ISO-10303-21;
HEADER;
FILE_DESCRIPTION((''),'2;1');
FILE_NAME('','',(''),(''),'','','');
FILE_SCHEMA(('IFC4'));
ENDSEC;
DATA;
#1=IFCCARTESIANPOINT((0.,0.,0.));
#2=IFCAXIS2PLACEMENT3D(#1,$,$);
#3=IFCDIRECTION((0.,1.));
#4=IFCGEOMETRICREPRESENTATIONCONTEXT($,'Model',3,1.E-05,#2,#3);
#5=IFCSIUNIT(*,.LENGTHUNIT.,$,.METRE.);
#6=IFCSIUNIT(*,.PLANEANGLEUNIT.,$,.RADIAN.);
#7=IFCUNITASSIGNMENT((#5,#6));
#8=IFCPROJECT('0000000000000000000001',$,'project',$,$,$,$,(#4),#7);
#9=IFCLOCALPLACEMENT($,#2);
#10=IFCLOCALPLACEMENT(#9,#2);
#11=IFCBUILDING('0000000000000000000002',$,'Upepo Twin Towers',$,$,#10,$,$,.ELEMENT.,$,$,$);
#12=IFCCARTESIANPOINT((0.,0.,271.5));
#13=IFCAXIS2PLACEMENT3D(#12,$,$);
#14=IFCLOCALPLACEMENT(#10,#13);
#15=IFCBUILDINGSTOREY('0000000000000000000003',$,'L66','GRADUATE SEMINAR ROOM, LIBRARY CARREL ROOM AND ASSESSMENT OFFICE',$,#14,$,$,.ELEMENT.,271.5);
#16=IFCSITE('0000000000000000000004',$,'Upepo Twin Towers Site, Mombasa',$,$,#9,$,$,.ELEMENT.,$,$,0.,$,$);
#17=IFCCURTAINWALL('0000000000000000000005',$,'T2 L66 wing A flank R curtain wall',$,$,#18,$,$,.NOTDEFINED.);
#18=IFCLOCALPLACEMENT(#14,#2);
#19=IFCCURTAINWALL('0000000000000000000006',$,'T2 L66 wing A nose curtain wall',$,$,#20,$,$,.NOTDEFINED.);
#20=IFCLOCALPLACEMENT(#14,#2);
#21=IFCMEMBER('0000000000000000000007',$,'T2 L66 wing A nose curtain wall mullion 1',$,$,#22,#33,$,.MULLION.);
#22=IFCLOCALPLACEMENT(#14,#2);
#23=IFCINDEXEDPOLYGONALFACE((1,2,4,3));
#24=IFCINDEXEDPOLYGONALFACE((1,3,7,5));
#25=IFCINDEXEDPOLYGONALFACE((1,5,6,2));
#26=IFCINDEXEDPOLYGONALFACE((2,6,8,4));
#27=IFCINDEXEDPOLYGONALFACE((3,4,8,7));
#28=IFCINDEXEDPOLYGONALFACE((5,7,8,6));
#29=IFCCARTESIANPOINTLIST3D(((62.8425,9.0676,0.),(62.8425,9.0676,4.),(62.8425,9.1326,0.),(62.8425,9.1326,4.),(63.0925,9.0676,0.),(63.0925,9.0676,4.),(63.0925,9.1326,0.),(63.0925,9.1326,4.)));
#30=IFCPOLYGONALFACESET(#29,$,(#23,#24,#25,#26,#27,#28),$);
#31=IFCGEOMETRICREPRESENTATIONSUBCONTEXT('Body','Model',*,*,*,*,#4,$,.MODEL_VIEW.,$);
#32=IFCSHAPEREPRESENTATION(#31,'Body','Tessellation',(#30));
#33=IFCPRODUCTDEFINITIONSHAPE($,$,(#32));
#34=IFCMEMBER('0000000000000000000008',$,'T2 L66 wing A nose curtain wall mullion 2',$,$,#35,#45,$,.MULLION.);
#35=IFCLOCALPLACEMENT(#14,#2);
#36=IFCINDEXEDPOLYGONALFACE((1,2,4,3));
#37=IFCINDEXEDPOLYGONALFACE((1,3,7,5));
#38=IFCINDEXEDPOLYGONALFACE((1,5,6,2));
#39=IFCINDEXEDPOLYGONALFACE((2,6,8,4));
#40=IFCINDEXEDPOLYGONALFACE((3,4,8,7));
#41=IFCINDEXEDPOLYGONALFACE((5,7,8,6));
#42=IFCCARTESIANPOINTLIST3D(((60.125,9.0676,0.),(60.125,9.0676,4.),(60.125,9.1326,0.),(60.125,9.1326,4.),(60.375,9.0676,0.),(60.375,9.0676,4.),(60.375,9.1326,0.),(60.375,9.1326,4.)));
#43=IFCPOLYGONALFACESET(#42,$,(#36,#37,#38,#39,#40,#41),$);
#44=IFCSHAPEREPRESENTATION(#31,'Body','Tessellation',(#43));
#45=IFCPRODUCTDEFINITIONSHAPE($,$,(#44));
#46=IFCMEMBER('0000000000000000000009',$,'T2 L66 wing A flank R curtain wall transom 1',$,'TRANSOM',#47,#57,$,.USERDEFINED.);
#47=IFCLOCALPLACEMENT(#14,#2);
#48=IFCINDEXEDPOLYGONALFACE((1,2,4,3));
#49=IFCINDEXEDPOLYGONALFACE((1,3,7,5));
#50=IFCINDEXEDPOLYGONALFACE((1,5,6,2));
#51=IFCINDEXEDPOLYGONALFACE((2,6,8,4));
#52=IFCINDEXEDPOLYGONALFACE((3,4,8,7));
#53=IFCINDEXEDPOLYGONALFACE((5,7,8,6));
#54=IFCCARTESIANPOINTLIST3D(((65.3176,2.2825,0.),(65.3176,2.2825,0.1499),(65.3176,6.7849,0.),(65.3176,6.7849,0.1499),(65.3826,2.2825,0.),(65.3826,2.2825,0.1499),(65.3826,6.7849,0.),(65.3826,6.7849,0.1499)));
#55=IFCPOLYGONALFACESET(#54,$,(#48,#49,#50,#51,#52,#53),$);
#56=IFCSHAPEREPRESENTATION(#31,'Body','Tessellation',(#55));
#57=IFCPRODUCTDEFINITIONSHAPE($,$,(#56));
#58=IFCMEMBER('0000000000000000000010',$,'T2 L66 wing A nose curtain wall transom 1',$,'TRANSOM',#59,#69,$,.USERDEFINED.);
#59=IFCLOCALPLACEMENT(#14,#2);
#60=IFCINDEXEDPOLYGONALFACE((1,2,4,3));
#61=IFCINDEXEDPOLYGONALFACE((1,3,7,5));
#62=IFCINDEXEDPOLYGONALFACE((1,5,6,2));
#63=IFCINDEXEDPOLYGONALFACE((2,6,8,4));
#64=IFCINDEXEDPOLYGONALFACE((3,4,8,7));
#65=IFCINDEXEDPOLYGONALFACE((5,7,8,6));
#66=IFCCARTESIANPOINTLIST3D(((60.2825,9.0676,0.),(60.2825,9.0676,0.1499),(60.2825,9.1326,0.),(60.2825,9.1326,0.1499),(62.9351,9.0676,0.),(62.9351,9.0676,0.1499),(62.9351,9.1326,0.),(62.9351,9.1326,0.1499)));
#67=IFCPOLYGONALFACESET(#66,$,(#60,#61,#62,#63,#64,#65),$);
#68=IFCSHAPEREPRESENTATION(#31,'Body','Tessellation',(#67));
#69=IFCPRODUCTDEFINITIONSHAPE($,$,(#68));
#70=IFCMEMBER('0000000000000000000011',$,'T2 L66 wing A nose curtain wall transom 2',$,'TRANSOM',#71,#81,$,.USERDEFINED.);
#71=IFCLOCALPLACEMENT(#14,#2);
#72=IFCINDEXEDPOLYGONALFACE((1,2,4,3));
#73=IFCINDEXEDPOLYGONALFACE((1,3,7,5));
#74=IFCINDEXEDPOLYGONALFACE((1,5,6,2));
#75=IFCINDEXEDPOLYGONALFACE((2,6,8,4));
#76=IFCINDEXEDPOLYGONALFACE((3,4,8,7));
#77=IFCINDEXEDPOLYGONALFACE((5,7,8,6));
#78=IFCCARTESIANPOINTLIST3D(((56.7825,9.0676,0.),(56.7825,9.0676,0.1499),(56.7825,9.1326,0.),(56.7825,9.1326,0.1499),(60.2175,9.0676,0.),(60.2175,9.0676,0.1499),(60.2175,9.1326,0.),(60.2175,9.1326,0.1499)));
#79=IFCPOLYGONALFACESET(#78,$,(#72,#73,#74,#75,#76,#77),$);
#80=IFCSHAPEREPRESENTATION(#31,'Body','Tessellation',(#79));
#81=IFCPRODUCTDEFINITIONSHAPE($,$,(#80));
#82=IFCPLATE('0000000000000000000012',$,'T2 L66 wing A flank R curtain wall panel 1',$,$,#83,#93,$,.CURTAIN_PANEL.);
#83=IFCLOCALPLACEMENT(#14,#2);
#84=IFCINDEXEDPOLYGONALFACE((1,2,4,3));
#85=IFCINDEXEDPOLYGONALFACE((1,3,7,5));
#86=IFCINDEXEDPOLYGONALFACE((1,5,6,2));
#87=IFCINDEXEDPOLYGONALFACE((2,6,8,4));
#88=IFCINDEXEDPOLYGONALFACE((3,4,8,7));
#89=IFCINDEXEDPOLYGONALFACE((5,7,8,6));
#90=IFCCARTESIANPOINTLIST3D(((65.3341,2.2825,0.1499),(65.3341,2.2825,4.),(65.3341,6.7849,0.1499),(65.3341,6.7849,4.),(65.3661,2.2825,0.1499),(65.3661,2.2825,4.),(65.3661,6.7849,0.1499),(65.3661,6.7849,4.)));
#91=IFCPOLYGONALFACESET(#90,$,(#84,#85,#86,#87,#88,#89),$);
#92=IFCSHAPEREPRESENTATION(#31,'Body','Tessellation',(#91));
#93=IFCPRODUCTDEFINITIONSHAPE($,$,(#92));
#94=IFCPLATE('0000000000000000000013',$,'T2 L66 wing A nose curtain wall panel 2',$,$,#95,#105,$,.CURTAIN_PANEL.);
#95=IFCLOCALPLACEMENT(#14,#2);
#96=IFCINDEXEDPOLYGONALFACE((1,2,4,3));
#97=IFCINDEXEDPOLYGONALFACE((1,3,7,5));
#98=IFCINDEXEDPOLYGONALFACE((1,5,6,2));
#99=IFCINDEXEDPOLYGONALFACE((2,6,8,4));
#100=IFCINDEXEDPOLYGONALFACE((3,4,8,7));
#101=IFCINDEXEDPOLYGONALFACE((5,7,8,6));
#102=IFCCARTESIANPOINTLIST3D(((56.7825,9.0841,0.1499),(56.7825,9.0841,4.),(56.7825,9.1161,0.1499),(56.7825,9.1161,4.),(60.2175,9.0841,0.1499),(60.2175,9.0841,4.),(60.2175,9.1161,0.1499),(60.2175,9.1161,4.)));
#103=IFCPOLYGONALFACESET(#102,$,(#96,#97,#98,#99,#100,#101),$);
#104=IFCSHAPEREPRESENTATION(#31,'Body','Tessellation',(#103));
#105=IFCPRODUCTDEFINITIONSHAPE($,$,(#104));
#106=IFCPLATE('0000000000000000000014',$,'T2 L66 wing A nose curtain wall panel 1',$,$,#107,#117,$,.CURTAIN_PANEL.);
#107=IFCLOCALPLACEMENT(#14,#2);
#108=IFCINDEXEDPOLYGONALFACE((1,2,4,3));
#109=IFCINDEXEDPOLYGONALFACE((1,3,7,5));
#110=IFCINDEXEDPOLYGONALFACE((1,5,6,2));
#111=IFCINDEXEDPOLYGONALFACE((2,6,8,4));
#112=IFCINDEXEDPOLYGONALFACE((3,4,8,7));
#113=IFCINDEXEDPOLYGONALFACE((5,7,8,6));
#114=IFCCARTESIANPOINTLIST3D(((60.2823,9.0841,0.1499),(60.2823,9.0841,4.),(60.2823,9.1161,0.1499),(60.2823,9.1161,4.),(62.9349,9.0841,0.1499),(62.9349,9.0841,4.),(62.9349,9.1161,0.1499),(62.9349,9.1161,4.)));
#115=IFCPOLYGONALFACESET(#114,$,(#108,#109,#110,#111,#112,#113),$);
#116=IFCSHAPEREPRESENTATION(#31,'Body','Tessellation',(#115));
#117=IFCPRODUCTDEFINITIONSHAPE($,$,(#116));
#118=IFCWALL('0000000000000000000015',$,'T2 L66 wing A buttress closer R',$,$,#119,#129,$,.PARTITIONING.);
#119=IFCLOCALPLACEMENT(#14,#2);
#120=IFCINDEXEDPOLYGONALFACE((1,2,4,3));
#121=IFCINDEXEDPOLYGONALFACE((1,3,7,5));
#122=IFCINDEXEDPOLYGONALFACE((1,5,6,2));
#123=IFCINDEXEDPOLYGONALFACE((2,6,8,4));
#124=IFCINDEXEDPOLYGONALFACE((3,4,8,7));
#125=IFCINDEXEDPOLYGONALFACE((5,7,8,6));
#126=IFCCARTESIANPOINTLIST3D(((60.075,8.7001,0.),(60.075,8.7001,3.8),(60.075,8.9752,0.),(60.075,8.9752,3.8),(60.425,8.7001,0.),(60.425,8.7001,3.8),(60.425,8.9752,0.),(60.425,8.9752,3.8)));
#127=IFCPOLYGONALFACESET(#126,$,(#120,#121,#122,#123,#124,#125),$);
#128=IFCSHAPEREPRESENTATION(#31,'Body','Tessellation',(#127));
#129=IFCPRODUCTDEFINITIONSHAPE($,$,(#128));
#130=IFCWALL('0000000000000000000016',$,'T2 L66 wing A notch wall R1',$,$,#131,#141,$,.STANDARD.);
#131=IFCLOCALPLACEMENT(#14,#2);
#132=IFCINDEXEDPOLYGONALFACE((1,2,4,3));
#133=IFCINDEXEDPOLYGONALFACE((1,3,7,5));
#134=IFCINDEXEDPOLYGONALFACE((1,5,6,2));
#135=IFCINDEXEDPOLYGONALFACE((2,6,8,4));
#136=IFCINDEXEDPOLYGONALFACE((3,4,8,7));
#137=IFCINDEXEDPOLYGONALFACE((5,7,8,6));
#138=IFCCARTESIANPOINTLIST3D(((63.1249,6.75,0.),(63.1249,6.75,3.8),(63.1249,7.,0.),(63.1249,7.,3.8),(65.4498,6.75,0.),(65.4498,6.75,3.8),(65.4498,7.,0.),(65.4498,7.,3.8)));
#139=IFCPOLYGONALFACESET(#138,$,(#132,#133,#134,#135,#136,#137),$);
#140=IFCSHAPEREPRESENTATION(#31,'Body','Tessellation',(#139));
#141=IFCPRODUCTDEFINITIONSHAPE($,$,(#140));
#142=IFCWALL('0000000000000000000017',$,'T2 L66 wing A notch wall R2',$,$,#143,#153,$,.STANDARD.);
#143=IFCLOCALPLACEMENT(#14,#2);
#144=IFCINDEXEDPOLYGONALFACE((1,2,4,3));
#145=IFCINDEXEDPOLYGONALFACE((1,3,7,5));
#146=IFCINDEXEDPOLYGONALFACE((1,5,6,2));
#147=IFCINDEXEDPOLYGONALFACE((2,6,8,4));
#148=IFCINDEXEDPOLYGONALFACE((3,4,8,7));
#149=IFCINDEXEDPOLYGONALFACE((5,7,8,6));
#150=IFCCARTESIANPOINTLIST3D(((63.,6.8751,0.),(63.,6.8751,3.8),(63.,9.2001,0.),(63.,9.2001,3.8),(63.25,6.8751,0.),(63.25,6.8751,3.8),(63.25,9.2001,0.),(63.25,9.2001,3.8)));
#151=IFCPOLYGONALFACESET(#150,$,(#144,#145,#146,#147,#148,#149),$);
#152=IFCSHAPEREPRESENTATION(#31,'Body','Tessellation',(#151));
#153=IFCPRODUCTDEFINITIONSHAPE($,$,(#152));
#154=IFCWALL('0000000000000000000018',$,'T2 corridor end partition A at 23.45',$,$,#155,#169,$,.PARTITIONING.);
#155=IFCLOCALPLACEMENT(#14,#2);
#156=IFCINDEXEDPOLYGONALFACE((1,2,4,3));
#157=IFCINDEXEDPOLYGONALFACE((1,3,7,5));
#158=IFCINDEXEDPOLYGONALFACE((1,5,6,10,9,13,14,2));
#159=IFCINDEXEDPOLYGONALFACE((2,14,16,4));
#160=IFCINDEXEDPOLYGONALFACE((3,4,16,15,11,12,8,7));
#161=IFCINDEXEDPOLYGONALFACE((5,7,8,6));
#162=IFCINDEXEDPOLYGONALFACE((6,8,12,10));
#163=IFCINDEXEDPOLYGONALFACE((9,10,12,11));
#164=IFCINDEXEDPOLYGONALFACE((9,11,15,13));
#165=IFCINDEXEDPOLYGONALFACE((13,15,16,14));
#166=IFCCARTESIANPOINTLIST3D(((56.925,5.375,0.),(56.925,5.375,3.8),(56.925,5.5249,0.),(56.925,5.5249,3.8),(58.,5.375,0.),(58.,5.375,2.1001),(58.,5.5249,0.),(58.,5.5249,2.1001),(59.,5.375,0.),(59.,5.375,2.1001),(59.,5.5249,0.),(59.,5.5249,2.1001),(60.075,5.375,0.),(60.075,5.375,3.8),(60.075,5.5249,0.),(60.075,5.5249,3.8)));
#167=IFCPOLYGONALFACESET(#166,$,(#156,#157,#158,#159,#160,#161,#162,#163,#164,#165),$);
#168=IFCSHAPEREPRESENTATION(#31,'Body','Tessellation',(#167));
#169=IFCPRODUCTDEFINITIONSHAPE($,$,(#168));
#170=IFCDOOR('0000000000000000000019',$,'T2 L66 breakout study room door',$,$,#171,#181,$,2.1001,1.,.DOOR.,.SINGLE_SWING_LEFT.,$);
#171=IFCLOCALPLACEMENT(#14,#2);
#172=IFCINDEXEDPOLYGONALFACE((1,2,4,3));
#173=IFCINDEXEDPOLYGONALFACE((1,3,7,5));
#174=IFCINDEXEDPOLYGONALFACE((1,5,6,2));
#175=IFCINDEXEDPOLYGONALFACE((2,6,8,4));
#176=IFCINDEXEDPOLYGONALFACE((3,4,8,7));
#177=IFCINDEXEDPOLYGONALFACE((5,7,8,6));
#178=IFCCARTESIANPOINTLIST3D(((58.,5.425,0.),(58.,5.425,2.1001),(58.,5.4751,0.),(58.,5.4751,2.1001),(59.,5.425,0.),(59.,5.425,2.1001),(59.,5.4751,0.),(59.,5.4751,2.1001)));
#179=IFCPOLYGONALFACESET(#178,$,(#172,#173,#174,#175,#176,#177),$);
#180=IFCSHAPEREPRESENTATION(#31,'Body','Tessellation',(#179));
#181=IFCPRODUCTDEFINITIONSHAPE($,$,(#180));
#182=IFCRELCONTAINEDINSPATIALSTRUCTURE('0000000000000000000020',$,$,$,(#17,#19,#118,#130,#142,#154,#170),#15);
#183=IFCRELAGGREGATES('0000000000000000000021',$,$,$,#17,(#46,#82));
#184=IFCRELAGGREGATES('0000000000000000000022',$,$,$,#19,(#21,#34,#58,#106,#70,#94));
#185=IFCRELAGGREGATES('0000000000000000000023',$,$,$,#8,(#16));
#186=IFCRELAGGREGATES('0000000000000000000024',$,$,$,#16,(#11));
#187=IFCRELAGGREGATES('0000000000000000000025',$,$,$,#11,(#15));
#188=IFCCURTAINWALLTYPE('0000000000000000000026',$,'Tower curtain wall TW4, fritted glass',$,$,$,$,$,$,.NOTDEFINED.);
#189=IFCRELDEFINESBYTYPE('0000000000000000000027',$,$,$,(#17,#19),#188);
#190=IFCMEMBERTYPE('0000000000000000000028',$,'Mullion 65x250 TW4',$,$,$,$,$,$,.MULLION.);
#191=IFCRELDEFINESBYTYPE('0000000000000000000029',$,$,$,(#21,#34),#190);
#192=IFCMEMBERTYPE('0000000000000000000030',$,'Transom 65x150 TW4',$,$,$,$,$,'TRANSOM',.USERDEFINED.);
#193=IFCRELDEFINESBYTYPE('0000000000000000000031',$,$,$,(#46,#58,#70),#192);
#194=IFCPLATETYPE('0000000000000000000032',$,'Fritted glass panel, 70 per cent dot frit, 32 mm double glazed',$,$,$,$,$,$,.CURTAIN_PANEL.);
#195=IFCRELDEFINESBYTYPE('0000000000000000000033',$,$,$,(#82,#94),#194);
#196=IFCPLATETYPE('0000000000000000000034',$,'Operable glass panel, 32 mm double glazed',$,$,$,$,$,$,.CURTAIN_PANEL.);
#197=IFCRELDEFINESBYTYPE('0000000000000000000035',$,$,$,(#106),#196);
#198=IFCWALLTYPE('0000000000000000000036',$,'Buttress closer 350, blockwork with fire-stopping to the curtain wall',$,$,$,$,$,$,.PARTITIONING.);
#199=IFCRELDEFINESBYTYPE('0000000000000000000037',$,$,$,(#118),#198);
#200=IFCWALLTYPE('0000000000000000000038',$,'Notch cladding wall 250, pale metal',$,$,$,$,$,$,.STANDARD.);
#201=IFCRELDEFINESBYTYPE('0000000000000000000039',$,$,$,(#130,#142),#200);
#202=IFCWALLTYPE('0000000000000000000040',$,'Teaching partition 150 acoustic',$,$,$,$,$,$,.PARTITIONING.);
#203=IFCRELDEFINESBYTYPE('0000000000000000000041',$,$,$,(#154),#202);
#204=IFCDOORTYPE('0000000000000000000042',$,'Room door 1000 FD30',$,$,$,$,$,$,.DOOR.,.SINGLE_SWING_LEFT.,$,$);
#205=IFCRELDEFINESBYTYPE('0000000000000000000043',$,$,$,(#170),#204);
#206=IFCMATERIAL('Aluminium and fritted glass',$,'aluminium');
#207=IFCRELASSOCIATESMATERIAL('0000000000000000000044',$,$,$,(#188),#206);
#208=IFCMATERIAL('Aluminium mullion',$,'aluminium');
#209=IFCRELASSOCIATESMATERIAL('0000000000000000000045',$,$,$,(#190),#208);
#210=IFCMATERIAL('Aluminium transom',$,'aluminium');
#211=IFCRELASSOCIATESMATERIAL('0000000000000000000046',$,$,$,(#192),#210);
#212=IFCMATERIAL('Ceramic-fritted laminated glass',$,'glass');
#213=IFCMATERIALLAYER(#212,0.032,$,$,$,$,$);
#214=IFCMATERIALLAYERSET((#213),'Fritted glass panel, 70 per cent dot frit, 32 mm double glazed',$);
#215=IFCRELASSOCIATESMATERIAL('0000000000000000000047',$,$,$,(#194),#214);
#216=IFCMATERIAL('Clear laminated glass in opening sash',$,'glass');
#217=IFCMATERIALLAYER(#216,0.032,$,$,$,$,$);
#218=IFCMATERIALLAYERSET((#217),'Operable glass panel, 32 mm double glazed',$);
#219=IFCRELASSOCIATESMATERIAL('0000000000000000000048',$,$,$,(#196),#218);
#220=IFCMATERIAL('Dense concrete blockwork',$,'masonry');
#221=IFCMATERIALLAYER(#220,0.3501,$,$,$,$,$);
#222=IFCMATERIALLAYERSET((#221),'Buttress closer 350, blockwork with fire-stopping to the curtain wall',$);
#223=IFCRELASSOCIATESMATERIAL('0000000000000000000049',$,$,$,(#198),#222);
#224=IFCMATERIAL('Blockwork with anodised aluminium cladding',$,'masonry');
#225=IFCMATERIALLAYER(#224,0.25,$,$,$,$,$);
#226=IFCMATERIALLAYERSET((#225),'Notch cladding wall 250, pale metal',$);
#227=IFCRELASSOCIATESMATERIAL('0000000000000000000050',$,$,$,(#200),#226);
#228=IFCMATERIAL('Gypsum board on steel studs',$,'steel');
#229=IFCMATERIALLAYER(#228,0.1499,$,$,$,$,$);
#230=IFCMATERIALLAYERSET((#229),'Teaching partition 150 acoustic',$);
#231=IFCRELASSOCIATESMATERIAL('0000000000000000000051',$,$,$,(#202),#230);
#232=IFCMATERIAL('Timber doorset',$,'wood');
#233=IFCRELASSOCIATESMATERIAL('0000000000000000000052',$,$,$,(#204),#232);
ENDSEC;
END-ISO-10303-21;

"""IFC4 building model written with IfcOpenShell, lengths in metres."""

from ifc_helpers import new_model, si_unit, direction, frame, frame_2d, origin, origin_2d, place, context, subcontext, project, spatial, rectangle, extrude, material, layer, layer_set, material_profile, profile_set, type_object, element, fill, aggregate, save


model = new_model("IFC4")

# Units and contexts
model_context = context("Model", 3, precision=1e-05, world=origin(), true_north=direction((0.0, 1.0)))
body_context = subcontext(model_context, "Body", "Model", "MODEL_VIEW")
ifc_project = project(units=[si_unit("LENGTHUNIT", "METRE"), si_unit("PLANEANGLEUNIT", "RADIAN")], contexts=[model_context])

# Site, building, storey
site_placement = place(None, origin())
site = spatial("IfcSite", under=ifc_project, at=site_placement, Name="Upepo Twin Towers Site, Mombasa", CompositionType="ELEMENT", RefElevation=0.0)
building_placement = place(site_placement, origin())
building = spatial("IfcBuilding", under=site, at=building_placement, Name="Upepo Twin Towers", CompositionType="ELEMENT")
storey_placement = place(building_placement, frame((0.0, 0.0, 271.5)))
storey = spatial("IfcBuildingStorey", under=building, at=storey_placement, Name="L66", Description="GRADUATE SEMINAR ROOM, LIBRARY CARREL ROOM AND ASSESSMENT OFFICE", CompositionType="ELEMENT", Elevation=271.5)

# Curtain wall
ifc_material_1 = material(Name="Aluminium and fritted glass", Category="aluminium")
curtain_wall_type = type_object("IfcCurtainWallType", Name="Tower curtain wall TW4, fritted glass", PredefinedType="NOTDEFINED", material=ifc_material_1)
curtain_wall_1_placement = place(storey_placement, origin())
curtain_wall_1 = element("IfcCurtainWall", 1, at=curtain_wall_1_placement, inside=storey, type_object=curtain_wall_type, Name="T2 L66 wing A flank R curtain wall", PredefinedType="NOTDEFINED")
ifc_material_2 = material(Name="Aluminium mullion", Category="aluminium")
ifc_material_profile_1 = material_profile(ifc_material_2, rectangle(XDim=0.0649, YDim=0.25, at=origin_2d()), Name="MULLION 65x250")
ifc_profile_set_1 = profile_set([ifc_material_profile_1], Name="Aluminium mullion")
member_type_1 = type_object("IfcMemberType", Name="Mullion 65x250 TW4", PredefinedType="MULLION", material=ifc_profile_set_1)

# Curtain wall, members
curtain_wall_2_placement = place(storey_placement, origin())
curtain_wall_2 = element("IfcCurtainWall", 2, at=curtain_wall_2_placement, inside=storey, type_object=curtain_wall_type, Name="T2 L66 wing A nose curtain wall", PredefinedType="NOTDEFINED")
member_1_placement = place(storey_placement, frame((62.9675, 9.1001, 0.0), z_axis=(0.0, 0.0, 1.0), x_axis=(0.0, -1.0, 0.0)))
member_1 = element("IfcMember", 3, at=member_1_placement, type_object=member_type_1, Name="T2 L66 wing A nose curtain wall mullion 1", PredefinedType="MULLION", context=body_context, shape_type="SweptSolid", body=[
    extrude(rectangle(XDim=0.0649, YDim=0.25, at=origin_2d()), origin(), (0.0, 0.0, 1.0), 4.0),
])
member_2_placement = place(storey_placement, frame((60.25, 9.1001, 0.0), z_axis=(0.0, 0.0, 1.0), x_axis=(0.0, -1.0, 0.0)))
member_2 = element("IfcMember", 4, at=member_2_placement, type_object=member_type_1, Name="T2 L66 wing A nose curtain wall mullion 2", PredefinedType="MULLION", context=body_context, shape_type="SweptSolid", body=[
    extrude(rectangle(XDim=0.0649, YDim=0.25, at=origin_2d()), origin(), (0.0, 0.0, 1.0), 4.0),
])

# Members
ifc_material_3 = material(Name="Aluminium transom", Category="aluminium")
ifc_material_profile_2 = material_profile(ifc_material_3, rectangle(XDim=0.0649, YDim=0.1499, at=origin_2d()), Name="TRANSOM 65x150")
ifc_profile_set_2 = profile_set([ifc_material_profile_2], Name="Aluminium transom")
member_type_2 = type_object("IfcMemberType", Name="Transom 65x150 TW4", ElementType="TRANSOM", PredefinedType="USERDEFINED", material=ifc_profile_set_2)
member_3_placement = place(storey_placement, frame((65.3501, 6.7849, 0.075), z_axis=(0.0, -1.0, 0.0), x_axis=(1.0, 0.0, 0.0)))
member_3 = element("IfcMember", 5, at=member_3_placement, type_object=member_type_2, Name="T2 L66 wing A flank R curtain wall transom 1", ObjectType="TRANSOM", PredefinedType="USERDEFINED", context=body_context, shape_type="SweptSolid", body=[
    extrude(rectangle(XDim=0.0649, YDim=0.1499, at=origin_2d()), origin(), (0.0, 0.0, 1.0), 4.5024),
])
member_4_placement = place(storey_placement, frame((62.9351, 9.1001, 0.075), z_axis=(-1.0, 0.0, 0.0), x_axis=(0.0, -1.0, 0.0)))
member_4 = element("IfcMember", 6, at=member_4_placement, type_object=member_type_2, Name="T2 L66 wing A nose curtain wall transom 1", ObjectType="TRANSOM", PredefinedType="USERDEFINED", context=body_context, shape_type="SweptSolid", body=[
    extrude(rectangle(XDim=0.0649, YDim=0.1499, at=origin_2d()), origin(), (0.0, 0.0, 1.0), 2.6526),
])
member_5_placement = place(storey_placement, frame((60.2175, 9.1001, 0.075), z_axis=(-1.0, 0.0, 0.0), x_axis=(0.0, -1.0, 0.0)))
member_5 = element("IfcMember", 7, at=member_5_placement, type_object=member_type_2, Name="T2 L66 wing A nose curtain wall transom 2", ObjectType="TRANSOM", PredefinedType="USERDEFINED", context=body_context, shape_type="SweptSolid", body=[
    extrude(rectangle(XDim=0.0649, YDim=0.1499, at=origin_2d()), origin(), (0.0, 0.0, 1.0), 3.4351),
])

# Plates
ifc_material_4 = material(Name="Ceramic-fritted laminated glass", Category="glass")
ifc_layer_1 = layer(ifc_material_4, 0.032)
ifc_layer_set_1 = layer_set([ifc_layer_1], Name="Fritted glass panel, 70 per cent dot frit, 32 mm double glazed")
plate_type_1 = type_object("IfcPlateType", Name="Fritted glass panel, 70 per cent dot frit, 32 mm double glazed", PredefinedType="CURTAIN_PANEL", material=ifc_layer_set_1)
plate_1_placement = place(storey_placement, frame((65.3501, 4.5337, 0.1499), z_axis=(0.0, 0.0, 1.0), x_axis=(0.0, -1.0, 0.0)))
plate_1 = element("IfcPlate", 8, at=plate_1_placement, type_object=plate_type_1, Name="T2 L66 wing A flank R curtain wall panel 1", PredefinedType="CURTAIN_PANEL", context=body_context, shape_type="SweptSolid", body=[
    extrude(rectangle(XDim=4.5024, YDim=0.032, at=origin_2d()), origin(), (0.0, 0.0, 1.0), 3.8501),
])
aggregate(curtain_wall_1, [member_3, plate_1])
plate_2_placement = place(storey_placement, frame((58.5, 9.1001, 0.1499), z_axis=(0.0, 0.0, 1.0), x_axis=(-1.0, 0.0, 0.0)))
plate_2 = element("IfcPlate", 9, at=plate_2_placement, type_object=plate_type_1, Name="T2 L66 wing A nose curtain wall panel 2", PredefinedType="CURTAIN_PANEL", context=body_context, shape_type="SweptSolid", body=[
    extrude(rectangle(XDim=3.4351, YDim=0.032, at=origin_2d()), origin(), (0.0, 0.0, 1.0), 3.8501),
])
ifc_material_5 = material(Name="Clear laminated glass in opening sash", Category="glass")
ifc_layer_2 = layer(ifc_material_5, 0.032)
ifc_layer_set_2 = layer_set([ifc_layer_2], Name="Operable glass panel, 32 mm double glazed")
plate_type_2 = type_object("IfcPlateType", Name="Operable glass panel, 32 mm double glazed", PredefinedType="CURTAIN_PANEL", material=ifc_layer_set_2)
plate_3_placement = place(storey_placement, frame((61.6086, 9.1001, 0.1499), z_axis=(0.0, 0.0, 1.0), x_axis=(-1.0, 0.0, 0.0)))
plate_3 = element("IfcPlate", 10, at=plate_3_placement, type_object=plate_type_2, Name="T2 L66 wing A nose curtain wall panel 1", PredefinedType="CURTAIN_PANEL", context=body_context, shape_type="SweptSolid", body=[
    extrude(rectangle(XDim=2.6526, YDim=0.032, at=origin_2d()), origin(), (0.0, 0.0, 1.0), 3.8501),
])
aggregate(curtain_wall_2, [member_1, member_2, member_4, plate_3, member_5, plate_2])

# Walls
ifc_material_6 = material(Name="Dense concrete blockwork", Category="masonry")
ifc_layer_3 = layer(ifc_material_6, 0.3501)
ifc_layer_set_3 = layer_set([ifc_layer_3], Name="Buttress closer 350, blockwork with fire-stopping to the curtain wall")
wall_type_1 = type_object("IfcWallType", Name="Buttress closer 350, blockwork with fire-stopping to the curtain wall", PredefinedType="PARTITIONING", material=ifc_layer_set_3)
wall_1_placement = place(storey_placement, frame((60.25, 8.7, 0.0), z_axis=(0.0, 0.0, 1.0), x_axis=(0.0, 1.0, 0.0)))
element("IfcWall", 11, at=wall_1_placement, inside=storey, type_object=wall_type_1, Name="T2 L66 wing A buttress closer R", PredefinedType="PARTITIONING", context=body_context, shape_type="SweptSolid", body=[
    extrude(rectangle(XDim=0.2751, YDim=0.3501, at=frame_2d((0.1377, 0.0))), origin(), (0.0, 0.0, 1.0), 3.8),
])
ifc_material_7 = material(Name="Blockwork with anodised aluminium cladding", Category="masonry")
ifc_layer_4 = layer(ifc_material_7, 0.25)
ifc_layer_set_4 = layer_set([ifc_layer_4], Name="Notch cladding wall 250, pale metal")
wall_type_2 = type_object("IfcWallType", Name="Notch cladding wall 250, pale metal", PredefinedType="STANDARD", material=ifc_layer_set_4)
for number, where, z_axis, x_axis, name in (
    (12, (65.45, 6.875, 0.0), (0.0, 0.0, 1.0), (-1.0, 0.0, 0.0), "T2 L66 wing A notch wall R1"),
    (13, (63.125, 6.875, 0.0), (0.0, 0.0, 1.0), (0.0, 1.0, 0.0), "T2 L66 wing A notch wall R2"),
):
    element("IfcWall", number, at=place(storey_placement, frame(where, z_axis=z_axis, x_axis=x_axis)), inside=storey, type_object=wall_type_2, Name=name, PredefinedType="STANDARD", context=body_context, shape_type="SweptSolid", body=[
        extrude(rectangle(XDim=2.325, YDim=0.25, at=frame_2d((1.1626, 0.0))), origin(), (0.0, 0.0, 1.0), 3.8),
    ])

# Wall, opening, door
ifc_material_8 = material(Name="Gypsum board on steel studs", Category="steel")
ifc_layer_5 = layer(ifc_material_8, 0.1499)
ifc_layer_set_5 = layer_set([ifc_layer_5], Name="Teaching partition 150 acoustic")
wall_type_3 = type_object("IfcWallType", Name="Teaching partition 150 acoustic", PredefinedType="PARTITIONING", material=ifc_layer_set_5)
wall_2_placement = place(storey_placement, frame((60.075, 5.45, 0.0), z_axis=(0.0, 0.0, 1.0), x_axis=(-1.0, 0.0, 0.0)))
wall_2 = element("IfcWall", 14, at=wall_2_placement, inside=storey, type_object=wall_type_3, Name="T2 corridor end partition A at 23.45", PredefinedType="PARTITIONING", context=body_context, shape_type="SweptSolid", body=[
    extrude(rectangle(XDim=3.1499, YDim=0.1499, at=frame_2d((1.575, 0.0))), origin(), (0.0, 0.0, 1.0), 3.8),
])
opening_placement = place(wall_2_placement, frame((1.075, 0.0, 0.0)))
opening = element("IfcOpeningElement", 15, at=opening_placement, cuts=wall_2, PredefinedType="OPENING", context=body_context, shape_type="SweptSolid", body=[
    extrude(rectangle(XDim=1.0, YDim=2.1001, at=frame_2d((0.5, 1.05))), frame((0.0, 0.085, 0.0), z_axis=(0.0, -1.0, 0.0), x_axis=(1.0, 0.0, 0.0)), (0.0, 0.0, 1.0), 0.1699),
])
ifc_material_9 = material(Name="Timber doorset", Category="wood")
door_type = type_object("IfcDoorType", Name="Room door 1000 FD30", OperationType="SINGLE_SWING_LEFT", PredefinedType="DOOR", material=ifc_material_9)
door_placement = place(opening_placement, origin())
door = element("IfcDoor", 16, at=door_placement, inside=storey, type_object=door_type, Name="T2 L66 breakout study room door", OperationType="SINGLE_SWING_LEFT", OverallHeight=2.1001, OverallWidth=1.0, PredefinedType="DOOR", context=body_context, shape_type="SweptSolid", body=[
    extrude(rectangle(XDim=1.0, YDim=2.1001, at=frame_2d((0.5, 1.05))), frame((0.0, 0.0249, 0.0), z_axis=(0.0, -1.0, 0.0), x_axis=(1.0, 0.0, 0.0)), (0.0, 0.0, 1.0), 0.05),
])
fill(opening, door)

save(model, "model.ifc")
